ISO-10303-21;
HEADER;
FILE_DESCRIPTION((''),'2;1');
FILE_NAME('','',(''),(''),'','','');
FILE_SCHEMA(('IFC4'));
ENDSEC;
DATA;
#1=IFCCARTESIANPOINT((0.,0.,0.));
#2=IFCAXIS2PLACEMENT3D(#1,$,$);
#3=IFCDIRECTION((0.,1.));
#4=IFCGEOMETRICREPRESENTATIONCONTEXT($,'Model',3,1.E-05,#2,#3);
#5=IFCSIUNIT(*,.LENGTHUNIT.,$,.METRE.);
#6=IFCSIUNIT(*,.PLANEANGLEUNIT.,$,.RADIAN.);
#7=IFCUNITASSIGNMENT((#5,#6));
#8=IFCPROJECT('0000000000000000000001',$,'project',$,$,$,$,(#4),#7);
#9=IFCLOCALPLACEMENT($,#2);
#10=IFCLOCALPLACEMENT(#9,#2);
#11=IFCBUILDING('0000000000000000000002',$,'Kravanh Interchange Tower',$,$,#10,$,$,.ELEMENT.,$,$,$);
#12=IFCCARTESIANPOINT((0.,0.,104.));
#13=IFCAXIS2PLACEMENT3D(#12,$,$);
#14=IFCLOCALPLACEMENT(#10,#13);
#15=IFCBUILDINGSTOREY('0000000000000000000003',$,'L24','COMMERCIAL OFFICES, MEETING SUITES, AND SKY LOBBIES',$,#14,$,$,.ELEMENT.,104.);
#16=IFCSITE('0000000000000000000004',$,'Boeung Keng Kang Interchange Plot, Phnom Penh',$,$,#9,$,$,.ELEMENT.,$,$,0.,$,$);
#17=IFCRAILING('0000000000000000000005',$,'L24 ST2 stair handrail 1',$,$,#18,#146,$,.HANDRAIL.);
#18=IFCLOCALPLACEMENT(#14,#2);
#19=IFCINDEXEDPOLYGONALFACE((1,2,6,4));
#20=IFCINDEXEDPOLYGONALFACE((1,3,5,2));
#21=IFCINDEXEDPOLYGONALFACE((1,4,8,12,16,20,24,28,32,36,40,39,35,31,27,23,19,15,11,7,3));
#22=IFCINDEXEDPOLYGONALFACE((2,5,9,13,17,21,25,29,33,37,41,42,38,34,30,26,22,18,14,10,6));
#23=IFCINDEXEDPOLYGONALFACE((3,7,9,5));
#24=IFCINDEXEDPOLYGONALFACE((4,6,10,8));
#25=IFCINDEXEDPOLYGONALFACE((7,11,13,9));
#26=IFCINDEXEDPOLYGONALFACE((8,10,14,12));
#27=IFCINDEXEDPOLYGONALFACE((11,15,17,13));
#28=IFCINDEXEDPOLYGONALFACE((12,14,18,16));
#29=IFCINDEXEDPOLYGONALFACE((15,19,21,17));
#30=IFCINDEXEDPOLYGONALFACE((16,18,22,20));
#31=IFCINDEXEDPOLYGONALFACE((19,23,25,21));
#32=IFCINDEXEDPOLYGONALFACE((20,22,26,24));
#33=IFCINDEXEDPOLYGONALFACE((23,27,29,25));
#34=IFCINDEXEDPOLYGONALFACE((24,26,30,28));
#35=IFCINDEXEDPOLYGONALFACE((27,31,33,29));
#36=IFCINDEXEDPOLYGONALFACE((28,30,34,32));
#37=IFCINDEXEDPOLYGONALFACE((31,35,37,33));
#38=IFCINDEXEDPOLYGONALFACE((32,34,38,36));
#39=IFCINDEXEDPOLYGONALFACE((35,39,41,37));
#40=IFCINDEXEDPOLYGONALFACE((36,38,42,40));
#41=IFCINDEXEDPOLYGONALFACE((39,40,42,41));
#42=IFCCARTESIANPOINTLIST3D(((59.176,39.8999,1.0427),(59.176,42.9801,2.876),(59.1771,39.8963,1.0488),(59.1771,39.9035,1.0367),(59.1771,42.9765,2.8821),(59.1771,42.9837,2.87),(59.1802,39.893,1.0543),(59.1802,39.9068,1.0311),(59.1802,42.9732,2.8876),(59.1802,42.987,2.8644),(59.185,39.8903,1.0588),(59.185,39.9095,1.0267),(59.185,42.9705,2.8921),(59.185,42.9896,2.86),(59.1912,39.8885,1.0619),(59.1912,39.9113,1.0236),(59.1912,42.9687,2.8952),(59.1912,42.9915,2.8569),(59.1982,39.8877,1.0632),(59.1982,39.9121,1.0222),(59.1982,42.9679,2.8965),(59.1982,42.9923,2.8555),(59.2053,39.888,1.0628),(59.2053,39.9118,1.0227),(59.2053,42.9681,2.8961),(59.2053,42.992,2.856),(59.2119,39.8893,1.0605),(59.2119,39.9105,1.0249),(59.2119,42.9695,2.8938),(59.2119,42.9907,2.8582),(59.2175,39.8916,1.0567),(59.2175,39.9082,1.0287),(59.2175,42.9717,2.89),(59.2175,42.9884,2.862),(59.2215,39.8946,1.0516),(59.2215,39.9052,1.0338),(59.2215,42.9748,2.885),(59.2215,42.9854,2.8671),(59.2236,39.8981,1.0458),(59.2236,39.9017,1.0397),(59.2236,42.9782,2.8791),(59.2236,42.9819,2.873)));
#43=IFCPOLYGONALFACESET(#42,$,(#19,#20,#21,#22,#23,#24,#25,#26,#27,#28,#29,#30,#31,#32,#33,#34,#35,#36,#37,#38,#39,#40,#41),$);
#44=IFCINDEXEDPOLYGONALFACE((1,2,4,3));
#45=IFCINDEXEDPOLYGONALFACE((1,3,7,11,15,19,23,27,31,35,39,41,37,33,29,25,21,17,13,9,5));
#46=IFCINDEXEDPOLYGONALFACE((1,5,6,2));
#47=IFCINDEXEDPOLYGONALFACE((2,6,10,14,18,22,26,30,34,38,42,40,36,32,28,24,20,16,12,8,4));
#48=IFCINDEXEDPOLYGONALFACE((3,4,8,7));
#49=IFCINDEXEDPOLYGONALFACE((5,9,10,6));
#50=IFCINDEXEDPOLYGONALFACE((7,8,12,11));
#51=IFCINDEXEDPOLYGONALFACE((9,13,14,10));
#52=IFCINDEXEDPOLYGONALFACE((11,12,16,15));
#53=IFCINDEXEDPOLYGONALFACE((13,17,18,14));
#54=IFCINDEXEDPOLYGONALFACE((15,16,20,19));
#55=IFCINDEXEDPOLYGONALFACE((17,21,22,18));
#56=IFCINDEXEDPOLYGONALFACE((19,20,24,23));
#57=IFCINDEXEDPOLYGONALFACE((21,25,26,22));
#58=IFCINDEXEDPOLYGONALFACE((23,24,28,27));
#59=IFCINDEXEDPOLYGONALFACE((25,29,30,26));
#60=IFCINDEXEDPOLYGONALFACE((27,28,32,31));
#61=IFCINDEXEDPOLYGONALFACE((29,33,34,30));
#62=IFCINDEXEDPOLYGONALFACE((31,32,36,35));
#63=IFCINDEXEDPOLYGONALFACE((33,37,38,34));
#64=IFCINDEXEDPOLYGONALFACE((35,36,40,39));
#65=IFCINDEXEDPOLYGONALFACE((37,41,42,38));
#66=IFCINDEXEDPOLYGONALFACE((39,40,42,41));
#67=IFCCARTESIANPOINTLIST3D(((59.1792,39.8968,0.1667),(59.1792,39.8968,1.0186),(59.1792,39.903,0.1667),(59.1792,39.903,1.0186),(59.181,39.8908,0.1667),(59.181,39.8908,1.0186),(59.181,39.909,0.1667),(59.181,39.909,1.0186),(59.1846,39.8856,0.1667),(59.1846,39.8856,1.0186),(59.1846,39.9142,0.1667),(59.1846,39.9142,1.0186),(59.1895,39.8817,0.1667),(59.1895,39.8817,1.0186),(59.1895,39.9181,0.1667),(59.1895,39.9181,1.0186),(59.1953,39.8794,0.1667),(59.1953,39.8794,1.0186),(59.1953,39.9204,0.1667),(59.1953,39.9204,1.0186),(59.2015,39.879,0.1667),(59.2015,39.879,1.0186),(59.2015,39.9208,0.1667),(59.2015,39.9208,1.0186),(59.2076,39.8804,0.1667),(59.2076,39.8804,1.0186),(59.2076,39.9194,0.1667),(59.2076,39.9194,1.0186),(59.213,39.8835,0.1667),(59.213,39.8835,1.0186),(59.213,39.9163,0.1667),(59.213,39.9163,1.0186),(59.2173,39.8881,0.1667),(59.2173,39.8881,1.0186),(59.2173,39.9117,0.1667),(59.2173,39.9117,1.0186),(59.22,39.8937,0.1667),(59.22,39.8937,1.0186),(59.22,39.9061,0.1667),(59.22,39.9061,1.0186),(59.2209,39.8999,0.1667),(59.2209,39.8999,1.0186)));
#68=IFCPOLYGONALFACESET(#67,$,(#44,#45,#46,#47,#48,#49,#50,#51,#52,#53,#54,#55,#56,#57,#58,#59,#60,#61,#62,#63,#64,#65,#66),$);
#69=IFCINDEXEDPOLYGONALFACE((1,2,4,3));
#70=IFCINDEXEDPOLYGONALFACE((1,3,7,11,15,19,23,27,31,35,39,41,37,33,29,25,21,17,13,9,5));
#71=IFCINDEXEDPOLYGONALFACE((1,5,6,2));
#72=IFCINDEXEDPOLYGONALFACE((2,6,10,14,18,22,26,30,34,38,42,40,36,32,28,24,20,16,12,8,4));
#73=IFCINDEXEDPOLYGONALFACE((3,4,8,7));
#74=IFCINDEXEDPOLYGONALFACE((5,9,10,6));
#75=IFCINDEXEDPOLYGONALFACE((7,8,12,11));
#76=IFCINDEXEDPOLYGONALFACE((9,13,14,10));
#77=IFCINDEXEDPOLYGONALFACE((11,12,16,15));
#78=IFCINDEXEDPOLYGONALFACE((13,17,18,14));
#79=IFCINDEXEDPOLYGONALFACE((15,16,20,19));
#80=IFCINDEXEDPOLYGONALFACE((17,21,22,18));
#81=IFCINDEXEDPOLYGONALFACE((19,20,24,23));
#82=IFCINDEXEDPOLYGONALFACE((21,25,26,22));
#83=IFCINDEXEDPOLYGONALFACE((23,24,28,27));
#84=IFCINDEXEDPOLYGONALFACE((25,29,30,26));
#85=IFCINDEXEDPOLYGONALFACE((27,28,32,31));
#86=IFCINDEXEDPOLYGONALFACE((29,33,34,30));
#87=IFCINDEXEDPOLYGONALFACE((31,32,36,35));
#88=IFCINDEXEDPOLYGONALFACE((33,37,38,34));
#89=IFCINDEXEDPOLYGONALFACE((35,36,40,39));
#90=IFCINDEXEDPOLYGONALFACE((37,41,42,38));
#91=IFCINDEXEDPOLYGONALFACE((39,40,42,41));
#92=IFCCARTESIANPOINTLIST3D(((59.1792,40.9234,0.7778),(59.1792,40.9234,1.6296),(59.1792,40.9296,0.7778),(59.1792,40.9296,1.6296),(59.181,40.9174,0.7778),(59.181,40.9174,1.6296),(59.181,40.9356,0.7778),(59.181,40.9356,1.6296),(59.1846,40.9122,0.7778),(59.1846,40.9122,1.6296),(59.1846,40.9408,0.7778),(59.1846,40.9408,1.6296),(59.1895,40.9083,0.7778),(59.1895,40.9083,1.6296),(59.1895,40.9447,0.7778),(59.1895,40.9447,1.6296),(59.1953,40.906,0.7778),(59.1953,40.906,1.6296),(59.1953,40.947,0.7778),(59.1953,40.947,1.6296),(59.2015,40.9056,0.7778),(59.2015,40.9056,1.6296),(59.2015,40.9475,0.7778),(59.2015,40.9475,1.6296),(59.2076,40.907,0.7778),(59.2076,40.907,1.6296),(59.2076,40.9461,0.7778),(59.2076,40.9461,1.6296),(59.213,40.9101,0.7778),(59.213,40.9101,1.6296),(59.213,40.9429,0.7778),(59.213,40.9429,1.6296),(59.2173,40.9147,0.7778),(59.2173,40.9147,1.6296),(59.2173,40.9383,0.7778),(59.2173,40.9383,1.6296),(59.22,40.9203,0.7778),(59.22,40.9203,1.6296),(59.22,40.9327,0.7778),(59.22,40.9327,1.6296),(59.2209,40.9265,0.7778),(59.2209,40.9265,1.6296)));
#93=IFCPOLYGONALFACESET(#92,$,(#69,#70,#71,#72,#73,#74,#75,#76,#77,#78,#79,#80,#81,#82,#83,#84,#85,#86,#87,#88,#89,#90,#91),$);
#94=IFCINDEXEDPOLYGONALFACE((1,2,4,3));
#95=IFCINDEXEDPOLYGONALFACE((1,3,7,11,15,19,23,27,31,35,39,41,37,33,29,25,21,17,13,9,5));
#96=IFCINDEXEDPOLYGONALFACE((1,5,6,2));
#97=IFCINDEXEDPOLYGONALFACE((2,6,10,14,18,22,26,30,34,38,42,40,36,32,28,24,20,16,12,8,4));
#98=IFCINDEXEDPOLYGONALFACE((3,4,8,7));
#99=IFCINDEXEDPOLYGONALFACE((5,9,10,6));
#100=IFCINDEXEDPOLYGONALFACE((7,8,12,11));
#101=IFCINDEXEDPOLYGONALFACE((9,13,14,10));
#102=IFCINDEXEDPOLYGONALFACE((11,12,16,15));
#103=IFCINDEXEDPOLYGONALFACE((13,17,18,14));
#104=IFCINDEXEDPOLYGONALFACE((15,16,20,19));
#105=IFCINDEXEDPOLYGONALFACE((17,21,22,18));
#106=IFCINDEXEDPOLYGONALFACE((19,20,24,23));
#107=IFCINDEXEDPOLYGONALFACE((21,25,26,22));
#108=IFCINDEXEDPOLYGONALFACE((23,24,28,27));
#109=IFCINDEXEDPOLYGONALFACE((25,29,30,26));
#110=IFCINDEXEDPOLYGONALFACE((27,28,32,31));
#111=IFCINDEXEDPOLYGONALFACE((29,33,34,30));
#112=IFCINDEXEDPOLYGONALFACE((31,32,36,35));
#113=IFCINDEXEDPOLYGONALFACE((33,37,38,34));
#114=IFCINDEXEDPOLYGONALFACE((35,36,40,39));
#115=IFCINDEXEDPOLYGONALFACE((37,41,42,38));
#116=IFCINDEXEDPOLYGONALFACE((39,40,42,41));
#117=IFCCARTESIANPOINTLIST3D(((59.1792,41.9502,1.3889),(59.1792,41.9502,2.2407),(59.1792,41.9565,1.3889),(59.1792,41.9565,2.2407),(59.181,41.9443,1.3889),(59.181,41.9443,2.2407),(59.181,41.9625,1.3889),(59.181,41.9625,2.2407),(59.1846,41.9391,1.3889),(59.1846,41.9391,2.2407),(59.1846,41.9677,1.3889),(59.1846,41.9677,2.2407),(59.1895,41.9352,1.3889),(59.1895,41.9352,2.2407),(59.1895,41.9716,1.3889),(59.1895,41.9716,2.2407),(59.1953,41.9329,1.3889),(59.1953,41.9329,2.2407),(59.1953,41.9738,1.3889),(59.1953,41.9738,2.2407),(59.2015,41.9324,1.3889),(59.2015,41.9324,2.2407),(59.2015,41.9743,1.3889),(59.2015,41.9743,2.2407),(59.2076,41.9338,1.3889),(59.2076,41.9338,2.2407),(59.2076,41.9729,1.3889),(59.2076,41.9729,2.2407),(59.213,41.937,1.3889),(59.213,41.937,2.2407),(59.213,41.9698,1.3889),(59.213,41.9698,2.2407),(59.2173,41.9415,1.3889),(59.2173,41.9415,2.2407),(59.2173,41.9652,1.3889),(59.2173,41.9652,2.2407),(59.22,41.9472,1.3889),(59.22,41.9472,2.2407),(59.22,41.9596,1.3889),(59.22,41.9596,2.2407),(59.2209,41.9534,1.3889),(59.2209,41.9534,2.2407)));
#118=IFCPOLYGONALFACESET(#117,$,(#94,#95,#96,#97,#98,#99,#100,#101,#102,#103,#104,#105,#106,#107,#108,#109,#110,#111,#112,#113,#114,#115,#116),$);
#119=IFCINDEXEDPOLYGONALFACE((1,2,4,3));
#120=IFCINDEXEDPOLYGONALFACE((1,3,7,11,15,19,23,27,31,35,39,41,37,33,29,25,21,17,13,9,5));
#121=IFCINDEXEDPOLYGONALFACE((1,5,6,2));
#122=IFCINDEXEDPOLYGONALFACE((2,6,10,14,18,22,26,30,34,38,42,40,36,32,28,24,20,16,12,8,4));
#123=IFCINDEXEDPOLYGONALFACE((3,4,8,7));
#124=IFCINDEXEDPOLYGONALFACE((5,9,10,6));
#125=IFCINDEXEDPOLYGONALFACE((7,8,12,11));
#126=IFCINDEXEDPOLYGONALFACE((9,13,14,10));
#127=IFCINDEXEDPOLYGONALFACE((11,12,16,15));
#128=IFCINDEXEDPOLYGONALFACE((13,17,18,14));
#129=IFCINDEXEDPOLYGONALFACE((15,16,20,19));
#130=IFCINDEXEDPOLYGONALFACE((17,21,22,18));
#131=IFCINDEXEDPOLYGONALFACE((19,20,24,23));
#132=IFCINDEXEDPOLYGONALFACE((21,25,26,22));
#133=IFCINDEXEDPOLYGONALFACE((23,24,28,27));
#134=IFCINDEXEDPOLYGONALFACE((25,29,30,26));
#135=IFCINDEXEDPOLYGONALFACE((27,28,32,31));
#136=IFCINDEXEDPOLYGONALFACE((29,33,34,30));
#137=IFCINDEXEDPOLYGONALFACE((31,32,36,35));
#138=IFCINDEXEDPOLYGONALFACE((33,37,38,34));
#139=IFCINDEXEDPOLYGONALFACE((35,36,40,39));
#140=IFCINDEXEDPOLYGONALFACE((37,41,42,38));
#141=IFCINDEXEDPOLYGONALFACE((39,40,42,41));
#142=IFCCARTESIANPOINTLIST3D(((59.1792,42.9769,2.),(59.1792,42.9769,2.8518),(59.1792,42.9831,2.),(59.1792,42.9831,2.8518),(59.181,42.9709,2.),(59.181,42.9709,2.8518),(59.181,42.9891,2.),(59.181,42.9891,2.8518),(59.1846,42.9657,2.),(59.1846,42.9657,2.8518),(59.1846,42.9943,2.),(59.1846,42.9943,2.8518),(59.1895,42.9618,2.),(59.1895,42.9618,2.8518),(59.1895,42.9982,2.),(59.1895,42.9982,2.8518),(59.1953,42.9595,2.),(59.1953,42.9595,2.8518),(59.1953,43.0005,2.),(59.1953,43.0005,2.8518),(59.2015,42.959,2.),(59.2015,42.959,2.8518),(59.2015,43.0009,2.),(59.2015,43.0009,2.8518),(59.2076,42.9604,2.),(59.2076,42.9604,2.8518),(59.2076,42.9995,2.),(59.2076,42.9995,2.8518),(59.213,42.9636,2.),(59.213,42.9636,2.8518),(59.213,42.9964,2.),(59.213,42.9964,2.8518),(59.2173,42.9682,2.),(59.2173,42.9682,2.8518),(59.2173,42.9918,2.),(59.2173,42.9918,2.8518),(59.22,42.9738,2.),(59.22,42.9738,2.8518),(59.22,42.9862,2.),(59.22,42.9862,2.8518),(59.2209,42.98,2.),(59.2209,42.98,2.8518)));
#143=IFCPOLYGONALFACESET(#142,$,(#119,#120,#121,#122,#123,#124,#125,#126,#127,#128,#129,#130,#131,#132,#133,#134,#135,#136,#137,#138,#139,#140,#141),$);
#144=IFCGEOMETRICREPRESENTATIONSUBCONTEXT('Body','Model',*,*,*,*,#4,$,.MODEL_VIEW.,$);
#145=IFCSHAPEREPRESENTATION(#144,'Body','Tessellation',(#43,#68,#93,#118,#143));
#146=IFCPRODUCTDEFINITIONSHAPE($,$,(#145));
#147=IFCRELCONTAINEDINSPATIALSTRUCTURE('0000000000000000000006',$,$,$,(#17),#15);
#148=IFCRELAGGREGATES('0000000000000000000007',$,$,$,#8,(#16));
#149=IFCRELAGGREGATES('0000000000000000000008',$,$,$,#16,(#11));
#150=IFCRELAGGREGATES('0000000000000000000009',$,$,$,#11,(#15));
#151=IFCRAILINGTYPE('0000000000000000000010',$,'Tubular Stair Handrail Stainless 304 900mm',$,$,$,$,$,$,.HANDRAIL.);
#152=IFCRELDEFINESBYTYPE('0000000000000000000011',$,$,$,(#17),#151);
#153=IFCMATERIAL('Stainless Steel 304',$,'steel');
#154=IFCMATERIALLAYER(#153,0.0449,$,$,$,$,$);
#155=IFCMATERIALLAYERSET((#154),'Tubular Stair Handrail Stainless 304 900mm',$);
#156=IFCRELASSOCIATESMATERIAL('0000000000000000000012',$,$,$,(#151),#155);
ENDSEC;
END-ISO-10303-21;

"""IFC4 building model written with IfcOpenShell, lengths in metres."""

from ifc_helpers import new_model, si_unit, direction, frame, origin, origin_2d, place, context, subcontext, project, spatial, circle, extrude, material, layer, layer_set, type_object, element, save


model = new_model("IFC4")

# Units and contexts
model_context = context("Model", 3, precision=1e-05, world=origin(), true_north=direction((0.0, 1.0)))
body_context = subcontext(model_context, "Body", "Model", "MODEL_VIEW")
ifc_project = project(units=[si_unit("LENGTHUNIT", "METRE"), si_unit("PLANEANGLEUNIT", "RADIAN")], contexts=[model_context])

# Site, building, storey
site_placement = place(None, origin())
site = spatial("IfcSite", under=ifc_project, at=site_placement, Name="Boeung Keng Kang Interchange Plot, Phnom Penh", CompositionType="ELEMENT", RefElevation=0.0)
building_placement = place(site_placement, origin())
building = spatial("IfcBuilding", under=site, at=building_placement, Name="Kravanh Interchange Tower", CompositionType="ELEMENT")
storey_placement = place(building_placement, frame((0.0, 0.0, 104.0)))
storey = spatial("IfcBuildingStorey", under=building, at=storey_placement, Name="L24", Description="COMMERCIAL OFFICES, MEETING SUITES, AND SKY LOBBIES", CompositionType="ELEMENT", Elevation=104.0)

# Railing
ifc_material_1 = material(Name="Stainless Steel 304", Category="steel")
ifc_layer_1 = layer(ifc_material_1, 0.0449)
ifc_layer_set_1 = layer_set([ifc_layer_1], Name="Tubular Stair Handrail Stainless 304 900mm")
railing_type_1 = type_object("IfcRailingType", Name="Tubular Stair Handrail Stainless 304 900mm", PredefinedType="HANDRAIL", material=ifc_layer_set_1)
railing_1_placement = place(storey_placement, frame((59.2, 39.8999, 0.1667)))
element("IfcRailing", 1, at=railing_1_placement, inside=storey, type_object=railing_type_1, Name="L24 ST2 stair handrail 1", PredefinedType="HANDRAIL", context=body_context, shape_type="SweptSolid", body=[
    extrude(circle(Radius=0.0239, at=origin_2d()), frame((0.0, 0.0, 0.876), z_axis=(0.0, 0.859309, 0.511458), x_axis=(-1.0, 0.0, 0.0)), (0.0, 0.0, 1.0), 3.5845),
    extrude(circle(Radius=0.021, at=origin_2d()), origin(), (0.0, 0.0, 1.0), 0.8518),
    extrude(circle(Radius=0.021, at=origin_2d()), frame((0.0, 1.0266, 0.6111)), (0.0, 0.0, 1.0), 0.8518),
    extrude(circle(Radius=0.021, at=origin_2d()), frame((0.0, 2.0535, 1.2222)), (0.0, 0.0, 1.0), 0.8518),
    extrude(circle(Radius=0.021, at=origin_2d()), frame((0.0, 3.0801, 1.8333)), (0.0, 0.0, 1.0), 0.8518),
])

save(model, "model.ifc")
